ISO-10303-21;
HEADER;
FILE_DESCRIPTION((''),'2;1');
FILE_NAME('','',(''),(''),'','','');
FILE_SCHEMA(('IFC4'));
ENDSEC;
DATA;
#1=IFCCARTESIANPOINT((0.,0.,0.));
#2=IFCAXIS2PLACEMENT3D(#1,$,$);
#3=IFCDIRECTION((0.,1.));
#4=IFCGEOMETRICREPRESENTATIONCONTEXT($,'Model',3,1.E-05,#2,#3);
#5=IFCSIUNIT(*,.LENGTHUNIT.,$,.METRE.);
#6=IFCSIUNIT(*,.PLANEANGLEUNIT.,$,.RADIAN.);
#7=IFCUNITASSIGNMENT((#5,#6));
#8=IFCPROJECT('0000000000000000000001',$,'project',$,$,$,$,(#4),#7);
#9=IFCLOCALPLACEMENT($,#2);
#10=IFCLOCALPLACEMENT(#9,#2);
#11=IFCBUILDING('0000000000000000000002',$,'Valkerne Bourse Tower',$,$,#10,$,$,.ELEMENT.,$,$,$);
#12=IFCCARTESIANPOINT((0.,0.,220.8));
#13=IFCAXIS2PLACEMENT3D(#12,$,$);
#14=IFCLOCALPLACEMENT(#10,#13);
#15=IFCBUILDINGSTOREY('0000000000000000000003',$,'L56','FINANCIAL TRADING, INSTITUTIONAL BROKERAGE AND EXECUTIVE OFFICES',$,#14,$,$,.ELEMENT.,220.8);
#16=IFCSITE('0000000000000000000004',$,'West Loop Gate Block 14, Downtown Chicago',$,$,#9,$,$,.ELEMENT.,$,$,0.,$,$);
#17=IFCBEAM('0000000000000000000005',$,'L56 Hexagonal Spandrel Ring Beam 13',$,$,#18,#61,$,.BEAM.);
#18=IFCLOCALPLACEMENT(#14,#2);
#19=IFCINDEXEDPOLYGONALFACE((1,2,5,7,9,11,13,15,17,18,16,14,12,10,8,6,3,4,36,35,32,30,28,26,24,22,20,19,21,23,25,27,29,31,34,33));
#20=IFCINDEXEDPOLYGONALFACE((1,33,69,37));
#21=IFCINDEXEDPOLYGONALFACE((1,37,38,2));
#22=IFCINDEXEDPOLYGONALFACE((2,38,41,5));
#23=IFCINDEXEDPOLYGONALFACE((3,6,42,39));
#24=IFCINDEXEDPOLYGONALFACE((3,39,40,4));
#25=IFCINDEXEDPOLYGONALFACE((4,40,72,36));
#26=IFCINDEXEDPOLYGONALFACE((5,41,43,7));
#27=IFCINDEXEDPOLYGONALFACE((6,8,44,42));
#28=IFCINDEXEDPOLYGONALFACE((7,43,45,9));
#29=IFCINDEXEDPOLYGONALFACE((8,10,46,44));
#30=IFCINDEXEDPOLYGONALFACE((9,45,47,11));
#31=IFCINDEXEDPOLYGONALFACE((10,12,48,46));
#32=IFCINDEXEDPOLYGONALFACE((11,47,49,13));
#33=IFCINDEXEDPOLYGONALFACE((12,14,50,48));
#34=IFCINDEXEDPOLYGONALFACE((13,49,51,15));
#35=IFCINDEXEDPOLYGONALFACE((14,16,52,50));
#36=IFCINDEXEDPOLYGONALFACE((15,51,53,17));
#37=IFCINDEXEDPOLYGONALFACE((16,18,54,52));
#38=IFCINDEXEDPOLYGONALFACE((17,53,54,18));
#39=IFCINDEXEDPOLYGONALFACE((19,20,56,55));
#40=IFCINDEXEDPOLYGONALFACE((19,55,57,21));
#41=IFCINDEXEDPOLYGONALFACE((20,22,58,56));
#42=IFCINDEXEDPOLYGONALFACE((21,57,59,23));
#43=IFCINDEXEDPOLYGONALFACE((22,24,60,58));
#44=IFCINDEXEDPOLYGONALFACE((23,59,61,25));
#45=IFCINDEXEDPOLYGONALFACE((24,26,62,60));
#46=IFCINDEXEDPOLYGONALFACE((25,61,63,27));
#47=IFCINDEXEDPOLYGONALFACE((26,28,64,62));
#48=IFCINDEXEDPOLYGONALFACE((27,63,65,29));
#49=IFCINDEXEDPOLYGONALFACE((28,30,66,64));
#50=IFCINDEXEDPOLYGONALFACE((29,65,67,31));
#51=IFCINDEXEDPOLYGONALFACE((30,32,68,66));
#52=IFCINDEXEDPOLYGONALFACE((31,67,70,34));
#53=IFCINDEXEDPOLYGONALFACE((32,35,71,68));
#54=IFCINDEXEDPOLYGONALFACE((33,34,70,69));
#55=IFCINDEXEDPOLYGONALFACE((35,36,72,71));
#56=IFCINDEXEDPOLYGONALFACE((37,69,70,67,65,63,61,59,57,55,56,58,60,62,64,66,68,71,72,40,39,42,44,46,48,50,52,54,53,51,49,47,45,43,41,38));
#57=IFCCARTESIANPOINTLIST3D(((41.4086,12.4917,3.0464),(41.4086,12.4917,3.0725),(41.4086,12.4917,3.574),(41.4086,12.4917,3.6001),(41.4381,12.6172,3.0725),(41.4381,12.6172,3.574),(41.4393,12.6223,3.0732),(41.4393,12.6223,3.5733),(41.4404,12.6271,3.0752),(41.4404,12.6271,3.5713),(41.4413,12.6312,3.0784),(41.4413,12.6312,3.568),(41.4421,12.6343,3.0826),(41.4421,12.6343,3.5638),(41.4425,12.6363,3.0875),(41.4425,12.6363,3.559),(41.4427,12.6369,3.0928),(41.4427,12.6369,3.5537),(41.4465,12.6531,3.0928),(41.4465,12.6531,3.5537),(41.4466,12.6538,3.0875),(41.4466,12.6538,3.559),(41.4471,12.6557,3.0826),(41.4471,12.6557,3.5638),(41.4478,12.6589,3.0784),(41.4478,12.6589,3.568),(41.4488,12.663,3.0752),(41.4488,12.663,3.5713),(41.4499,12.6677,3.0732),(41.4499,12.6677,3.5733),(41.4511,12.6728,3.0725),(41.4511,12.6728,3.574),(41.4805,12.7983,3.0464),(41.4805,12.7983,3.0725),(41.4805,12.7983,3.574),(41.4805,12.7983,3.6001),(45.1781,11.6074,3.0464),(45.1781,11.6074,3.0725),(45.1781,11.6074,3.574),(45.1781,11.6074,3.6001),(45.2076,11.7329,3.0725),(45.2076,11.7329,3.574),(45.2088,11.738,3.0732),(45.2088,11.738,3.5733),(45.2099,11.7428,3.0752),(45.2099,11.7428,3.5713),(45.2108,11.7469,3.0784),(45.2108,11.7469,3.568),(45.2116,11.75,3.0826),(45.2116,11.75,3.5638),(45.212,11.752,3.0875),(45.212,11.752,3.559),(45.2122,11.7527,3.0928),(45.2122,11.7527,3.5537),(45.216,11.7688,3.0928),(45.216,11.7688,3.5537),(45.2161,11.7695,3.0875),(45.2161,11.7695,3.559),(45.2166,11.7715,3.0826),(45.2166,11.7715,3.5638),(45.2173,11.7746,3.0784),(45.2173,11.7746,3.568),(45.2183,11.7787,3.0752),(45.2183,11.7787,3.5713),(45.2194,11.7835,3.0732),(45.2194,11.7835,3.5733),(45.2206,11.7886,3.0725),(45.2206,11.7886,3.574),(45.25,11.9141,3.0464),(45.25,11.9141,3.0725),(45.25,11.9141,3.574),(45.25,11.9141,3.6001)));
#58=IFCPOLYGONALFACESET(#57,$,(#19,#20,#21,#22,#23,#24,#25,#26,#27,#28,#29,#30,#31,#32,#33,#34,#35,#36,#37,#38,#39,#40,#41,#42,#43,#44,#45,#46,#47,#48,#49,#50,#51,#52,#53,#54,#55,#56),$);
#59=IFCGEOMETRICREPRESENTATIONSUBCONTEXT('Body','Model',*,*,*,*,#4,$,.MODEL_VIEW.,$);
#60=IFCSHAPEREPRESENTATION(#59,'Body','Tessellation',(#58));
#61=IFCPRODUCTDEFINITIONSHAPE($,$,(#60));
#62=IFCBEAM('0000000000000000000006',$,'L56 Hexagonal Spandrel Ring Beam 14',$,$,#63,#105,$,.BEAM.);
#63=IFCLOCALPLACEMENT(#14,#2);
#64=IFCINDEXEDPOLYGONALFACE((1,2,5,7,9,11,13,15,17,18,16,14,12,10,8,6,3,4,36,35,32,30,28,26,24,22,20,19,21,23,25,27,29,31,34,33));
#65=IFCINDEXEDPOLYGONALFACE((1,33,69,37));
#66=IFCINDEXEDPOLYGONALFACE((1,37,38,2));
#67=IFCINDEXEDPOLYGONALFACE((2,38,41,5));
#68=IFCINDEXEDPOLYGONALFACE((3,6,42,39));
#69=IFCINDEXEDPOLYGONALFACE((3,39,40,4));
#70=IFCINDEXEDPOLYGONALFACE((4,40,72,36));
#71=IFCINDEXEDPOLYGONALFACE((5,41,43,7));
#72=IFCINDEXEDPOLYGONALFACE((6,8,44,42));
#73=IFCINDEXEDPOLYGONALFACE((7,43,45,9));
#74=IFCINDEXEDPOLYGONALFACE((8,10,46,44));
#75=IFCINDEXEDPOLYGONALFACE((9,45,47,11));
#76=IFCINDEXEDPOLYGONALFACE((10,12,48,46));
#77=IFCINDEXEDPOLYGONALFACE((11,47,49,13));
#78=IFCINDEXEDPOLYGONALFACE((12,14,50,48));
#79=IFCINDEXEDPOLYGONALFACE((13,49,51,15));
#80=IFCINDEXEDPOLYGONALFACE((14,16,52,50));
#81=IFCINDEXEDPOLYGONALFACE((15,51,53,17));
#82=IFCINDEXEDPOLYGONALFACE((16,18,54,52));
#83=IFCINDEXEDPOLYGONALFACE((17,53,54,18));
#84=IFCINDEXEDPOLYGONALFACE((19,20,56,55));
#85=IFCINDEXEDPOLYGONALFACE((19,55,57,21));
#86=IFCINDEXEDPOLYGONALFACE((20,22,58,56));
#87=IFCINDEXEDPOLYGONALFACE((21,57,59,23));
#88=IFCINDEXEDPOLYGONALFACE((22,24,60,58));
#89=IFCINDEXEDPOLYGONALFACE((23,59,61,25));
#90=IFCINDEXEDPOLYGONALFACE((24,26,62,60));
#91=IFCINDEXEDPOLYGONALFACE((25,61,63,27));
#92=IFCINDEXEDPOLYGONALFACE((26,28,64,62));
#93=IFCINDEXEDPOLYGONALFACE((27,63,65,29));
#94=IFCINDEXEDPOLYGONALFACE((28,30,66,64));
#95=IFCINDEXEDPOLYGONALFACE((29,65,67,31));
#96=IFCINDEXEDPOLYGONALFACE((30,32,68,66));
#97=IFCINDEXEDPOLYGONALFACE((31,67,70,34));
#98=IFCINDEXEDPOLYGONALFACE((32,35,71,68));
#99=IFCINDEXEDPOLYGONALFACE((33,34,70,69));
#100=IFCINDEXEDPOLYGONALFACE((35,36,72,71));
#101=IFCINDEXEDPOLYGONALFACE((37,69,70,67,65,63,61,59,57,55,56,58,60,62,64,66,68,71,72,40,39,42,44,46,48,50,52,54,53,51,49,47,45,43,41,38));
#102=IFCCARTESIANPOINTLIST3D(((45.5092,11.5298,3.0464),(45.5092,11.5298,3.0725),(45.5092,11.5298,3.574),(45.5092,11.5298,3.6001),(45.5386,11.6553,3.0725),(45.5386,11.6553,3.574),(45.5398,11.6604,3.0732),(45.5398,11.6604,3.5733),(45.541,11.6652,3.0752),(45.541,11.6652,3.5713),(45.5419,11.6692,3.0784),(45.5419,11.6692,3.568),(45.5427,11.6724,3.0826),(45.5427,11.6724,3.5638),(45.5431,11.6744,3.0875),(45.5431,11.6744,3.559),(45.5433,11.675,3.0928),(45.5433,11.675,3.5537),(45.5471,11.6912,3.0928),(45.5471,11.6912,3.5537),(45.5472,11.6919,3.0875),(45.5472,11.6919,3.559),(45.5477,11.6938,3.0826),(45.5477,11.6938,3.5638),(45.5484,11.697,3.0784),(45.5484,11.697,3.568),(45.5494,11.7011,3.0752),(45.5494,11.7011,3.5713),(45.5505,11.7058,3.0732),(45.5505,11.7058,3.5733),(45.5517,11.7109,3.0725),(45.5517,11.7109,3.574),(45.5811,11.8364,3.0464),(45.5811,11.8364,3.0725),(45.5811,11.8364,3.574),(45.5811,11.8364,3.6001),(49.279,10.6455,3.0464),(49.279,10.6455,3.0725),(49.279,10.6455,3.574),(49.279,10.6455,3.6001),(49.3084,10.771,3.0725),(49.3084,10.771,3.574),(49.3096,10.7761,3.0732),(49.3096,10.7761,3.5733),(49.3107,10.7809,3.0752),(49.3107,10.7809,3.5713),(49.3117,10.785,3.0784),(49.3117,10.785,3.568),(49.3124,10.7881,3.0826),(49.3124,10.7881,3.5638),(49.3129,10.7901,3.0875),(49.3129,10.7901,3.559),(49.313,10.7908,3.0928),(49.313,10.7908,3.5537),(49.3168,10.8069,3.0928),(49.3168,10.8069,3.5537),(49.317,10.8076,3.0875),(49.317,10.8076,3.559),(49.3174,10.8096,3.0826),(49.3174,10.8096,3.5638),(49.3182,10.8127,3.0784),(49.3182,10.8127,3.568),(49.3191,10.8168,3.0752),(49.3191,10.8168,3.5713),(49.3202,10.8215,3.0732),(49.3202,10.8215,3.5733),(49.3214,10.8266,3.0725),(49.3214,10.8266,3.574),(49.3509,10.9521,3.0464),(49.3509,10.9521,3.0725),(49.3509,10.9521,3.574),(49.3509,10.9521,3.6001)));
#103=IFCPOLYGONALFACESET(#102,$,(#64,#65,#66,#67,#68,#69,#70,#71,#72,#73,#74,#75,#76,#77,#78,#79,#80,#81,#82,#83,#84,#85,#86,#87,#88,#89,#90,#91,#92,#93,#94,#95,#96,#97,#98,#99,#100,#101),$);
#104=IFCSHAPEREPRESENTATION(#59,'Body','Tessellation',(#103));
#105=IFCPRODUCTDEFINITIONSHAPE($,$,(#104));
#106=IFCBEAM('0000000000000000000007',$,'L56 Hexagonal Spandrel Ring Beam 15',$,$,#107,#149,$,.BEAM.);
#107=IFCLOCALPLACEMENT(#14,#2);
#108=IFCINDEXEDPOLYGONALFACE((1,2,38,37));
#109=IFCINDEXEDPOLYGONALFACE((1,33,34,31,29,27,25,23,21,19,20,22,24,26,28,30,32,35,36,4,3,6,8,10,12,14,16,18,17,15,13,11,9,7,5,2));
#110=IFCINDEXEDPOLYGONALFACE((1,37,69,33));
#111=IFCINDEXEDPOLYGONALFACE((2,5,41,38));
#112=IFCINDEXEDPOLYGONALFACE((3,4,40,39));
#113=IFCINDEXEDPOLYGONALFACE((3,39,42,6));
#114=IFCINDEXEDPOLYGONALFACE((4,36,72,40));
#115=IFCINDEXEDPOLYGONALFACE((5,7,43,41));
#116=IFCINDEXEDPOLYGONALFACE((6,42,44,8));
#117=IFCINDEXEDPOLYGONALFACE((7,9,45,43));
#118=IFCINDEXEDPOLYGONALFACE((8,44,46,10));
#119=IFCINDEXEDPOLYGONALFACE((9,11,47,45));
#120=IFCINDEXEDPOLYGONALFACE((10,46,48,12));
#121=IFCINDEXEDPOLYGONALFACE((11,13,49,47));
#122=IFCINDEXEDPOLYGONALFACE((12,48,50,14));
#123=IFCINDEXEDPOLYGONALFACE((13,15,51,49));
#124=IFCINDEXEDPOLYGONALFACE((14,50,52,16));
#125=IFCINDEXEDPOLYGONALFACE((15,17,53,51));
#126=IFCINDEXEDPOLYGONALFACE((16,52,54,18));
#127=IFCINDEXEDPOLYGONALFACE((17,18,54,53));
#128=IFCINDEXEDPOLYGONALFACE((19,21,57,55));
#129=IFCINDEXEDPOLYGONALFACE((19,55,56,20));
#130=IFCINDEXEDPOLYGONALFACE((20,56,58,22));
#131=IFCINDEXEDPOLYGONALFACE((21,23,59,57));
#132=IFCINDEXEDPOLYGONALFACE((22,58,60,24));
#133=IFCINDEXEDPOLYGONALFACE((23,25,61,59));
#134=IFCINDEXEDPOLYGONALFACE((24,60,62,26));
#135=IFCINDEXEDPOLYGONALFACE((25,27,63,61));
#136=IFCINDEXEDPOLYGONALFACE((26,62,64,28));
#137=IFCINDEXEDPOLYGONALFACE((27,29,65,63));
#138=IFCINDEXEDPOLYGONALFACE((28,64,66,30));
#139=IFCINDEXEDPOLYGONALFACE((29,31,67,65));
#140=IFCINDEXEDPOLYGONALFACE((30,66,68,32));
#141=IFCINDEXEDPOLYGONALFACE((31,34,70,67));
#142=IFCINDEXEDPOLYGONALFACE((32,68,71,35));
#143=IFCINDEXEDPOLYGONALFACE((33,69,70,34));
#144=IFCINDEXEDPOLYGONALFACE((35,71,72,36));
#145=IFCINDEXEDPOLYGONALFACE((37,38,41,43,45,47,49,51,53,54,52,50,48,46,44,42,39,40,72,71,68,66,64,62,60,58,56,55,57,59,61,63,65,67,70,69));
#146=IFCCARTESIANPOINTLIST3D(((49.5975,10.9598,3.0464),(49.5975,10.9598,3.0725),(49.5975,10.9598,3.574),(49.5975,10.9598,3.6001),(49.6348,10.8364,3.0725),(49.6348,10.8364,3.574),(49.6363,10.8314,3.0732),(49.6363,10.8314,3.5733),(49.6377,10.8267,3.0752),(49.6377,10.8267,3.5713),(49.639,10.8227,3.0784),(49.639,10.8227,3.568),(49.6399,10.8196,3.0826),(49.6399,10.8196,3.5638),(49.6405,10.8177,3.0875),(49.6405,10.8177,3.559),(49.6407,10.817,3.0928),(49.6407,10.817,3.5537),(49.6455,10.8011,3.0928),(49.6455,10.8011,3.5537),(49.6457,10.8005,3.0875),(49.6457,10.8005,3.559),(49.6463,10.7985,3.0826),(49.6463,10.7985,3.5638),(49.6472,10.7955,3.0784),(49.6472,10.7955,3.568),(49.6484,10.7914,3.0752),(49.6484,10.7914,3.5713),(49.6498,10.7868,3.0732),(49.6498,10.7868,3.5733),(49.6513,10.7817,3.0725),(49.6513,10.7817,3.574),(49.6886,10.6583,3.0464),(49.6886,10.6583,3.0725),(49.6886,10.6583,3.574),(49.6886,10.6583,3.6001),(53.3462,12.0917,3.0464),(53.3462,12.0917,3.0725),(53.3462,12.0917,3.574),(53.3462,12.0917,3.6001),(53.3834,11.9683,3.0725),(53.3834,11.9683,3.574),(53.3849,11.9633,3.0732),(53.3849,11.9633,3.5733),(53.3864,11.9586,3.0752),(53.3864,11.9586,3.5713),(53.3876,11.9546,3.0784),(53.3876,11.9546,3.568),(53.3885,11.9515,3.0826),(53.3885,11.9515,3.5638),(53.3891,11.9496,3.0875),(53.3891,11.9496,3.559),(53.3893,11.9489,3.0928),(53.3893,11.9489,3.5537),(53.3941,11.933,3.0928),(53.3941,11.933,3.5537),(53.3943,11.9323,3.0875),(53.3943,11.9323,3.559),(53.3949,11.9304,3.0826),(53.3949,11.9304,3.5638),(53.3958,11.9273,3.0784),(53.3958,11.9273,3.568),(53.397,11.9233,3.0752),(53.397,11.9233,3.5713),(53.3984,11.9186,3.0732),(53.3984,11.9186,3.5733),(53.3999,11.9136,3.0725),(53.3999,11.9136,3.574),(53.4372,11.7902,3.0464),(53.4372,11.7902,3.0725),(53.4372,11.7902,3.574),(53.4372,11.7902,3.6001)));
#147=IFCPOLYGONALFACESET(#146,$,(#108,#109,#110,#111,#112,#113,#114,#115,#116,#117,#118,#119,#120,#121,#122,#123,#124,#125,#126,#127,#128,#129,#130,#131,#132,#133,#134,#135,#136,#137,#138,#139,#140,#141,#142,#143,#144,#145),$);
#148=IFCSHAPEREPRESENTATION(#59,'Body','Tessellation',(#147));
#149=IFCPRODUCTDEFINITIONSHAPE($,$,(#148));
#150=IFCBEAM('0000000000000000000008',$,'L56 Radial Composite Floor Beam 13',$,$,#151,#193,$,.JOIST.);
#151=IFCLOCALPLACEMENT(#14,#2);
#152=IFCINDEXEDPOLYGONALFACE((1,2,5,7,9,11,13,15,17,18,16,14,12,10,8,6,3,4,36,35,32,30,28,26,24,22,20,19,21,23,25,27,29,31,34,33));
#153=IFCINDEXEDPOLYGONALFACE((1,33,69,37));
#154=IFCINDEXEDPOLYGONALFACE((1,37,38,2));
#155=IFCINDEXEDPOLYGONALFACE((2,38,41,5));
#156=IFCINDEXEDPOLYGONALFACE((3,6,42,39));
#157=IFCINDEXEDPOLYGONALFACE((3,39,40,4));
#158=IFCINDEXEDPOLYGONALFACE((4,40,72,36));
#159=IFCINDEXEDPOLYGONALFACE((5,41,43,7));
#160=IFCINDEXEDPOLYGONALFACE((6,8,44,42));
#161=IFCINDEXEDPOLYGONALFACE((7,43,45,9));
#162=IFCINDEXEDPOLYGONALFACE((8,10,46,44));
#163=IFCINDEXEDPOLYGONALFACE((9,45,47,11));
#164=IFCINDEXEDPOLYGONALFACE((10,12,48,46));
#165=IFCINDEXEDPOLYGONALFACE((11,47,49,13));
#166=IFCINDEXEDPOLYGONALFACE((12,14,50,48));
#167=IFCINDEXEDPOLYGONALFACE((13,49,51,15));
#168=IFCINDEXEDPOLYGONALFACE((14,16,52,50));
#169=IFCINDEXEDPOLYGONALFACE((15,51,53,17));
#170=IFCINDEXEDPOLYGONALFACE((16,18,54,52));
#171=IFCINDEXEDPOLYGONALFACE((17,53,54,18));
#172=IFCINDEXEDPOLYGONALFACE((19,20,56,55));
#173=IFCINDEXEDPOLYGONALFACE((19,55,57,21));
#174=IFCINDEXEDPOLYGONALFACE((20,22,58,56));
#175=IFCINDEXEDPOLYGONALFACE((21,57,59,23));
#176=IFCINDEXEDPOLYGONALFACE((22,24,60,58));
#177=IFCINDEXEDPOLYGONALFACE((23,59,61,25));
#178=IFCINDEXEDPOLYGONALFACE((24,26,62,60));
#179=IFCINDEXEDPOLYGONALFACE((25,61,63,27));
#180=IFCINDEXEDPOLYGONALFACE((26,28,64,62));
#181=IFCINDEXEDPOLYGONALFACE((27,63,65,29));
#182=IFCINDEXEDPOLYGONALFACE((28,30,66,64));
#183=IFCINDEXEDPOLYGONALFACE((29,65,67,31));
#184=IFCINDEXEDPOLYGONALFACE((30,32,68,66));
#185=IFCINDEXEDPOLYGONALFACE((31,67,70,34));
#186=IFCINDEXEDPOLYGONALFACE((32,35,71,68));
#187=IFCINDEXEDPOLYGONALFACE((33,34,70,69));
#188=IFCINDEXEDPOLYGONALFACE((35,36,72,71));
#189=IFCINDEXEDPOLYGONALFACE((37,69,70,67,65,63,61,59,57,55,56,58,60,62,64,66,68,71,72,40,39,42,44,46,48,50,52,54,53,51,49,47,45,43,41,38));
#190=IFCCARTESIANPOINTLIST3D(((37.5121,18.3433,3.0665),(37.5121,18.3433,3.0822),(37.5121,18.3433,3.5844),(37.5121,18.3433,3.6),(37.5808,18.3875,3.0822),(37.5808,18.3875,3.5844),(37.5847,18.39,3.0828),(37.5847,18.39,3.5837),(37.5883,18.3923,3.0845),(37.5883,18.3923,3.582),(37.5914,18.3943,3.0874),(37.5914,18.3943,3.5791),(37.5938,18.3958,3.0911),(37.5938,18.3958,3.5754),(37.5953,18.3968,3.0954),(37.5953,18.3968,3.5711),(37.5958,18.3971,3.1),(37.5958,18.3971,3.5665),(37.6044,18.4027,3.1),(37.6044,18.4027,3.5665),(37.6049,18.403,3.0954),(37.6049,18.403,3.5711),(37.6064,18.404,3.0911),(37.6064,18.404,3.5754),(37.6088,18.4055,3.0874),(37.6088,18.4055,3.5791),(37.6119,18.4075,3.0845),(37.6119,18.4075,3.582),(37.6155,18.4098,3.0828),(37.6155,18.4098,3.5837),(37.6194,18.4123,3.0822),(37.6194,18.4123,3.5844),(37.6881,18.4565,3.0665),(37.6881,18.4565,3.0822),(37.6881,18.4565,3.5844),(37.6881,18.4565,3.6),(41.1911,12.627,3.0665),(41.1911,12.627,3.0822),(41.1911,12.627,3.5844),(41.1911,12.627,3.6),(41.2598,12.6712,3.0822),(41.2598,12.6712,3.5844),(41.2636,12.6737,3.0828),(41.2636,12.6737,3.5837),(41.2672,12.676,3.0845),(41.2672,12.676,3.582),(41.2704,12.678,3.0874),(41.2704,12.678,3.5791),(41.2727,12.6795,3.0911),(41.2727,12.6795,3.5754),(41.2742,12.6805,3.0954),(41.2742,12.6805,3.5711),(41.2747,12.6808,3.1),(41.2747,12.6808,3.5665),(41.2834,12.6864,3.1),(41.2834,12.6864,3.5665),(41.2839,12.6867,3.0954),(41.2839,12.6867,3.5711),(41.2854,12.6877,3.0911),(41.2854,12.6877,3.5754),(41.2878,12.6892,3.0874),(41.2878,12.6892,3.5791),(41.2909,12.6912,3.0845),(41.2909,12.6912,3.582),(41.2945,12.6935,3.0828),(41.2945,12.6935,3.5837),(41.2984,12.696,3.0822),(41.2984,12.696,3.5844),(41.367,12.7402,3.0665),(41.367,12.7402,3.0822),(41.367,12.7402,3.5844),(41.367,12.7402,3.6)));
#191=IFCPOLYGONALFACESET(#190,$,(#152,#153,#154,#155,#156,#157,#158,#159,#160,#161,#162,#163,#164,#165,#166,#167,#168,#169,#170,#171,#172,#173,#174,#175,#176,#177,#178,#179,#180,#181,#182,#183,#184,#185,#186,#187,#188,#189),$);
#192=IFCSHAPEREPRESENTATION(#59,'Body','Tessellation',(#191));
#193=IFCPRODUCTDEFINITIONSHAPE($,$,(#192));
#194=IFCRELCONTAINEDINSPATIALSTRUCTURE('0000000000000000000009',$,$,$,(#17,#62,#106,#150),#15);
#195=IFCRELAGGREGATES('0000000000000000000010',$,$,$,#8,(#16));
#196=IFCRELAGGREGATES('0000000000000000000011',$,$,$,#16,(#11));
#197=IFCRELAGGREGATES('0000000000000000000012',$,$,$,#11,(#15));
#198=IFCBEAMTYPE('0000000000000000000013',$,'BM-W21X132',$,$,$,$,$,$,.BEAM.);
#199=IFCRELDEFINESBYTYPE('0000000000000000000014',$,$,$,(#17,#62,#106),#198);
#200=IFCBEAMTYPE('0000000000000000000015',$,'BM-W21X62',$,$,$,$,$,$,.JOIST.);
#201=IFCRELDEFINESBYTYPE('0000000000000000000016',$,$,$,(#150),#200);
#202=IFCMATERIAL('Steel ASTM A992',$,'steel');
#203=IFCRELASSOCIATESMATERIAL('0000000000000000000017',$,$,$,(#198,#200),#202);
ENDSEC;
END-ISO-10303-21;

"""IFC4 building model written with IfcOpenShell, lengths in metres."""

from ifc_helpers import new_model, si_unit, direction, frame, origin, origin_2d, place, context, subcontext, project, spatial, i_section, extrude, material, material_profile, profile_set, type_object, element, save


model = new_model("IFC4")

# Units and contexts
model_context = context("Model", 3, precision=1e-05, world=origin(), true_north=direction((0.0, 1.0)))
body_context = subcontext(model_context, "Body", "Model", "MODEL_VIEW")
ifc_project = project(units=[si_unit("LENGTHUNIT", "METRE"), si_unit("PLANEANGLEUNIT", "RADIAN")], contexts=[model_context])

# Site, building, storey
site_placement = place(None, origin())
site = spatial("IfcSite", under=ifc_project, at=site_placement, Name="West Loop Gate Block 14, Downtown Chicago", CompositionType="ELEMENT", RefElevation=0.0)
building_placement = place(site_placement, origin())
building = spatial("IfcBuilding", under=site, at=building_placement, Name="Valkerne Bourse Tower", CompositionType="ELEMENT")
storey_placement = place(building_placement, frame((0.0, 0.0, 220.8)))
storey = spatial("IfcBuildingStorey", under=building, at=storey_placement, Name="L56", Description="FINANCIAL TRADING, INSTITUTIONAL BROKERAGE AND EXECUTIVE OFFICES", CompositionType="ELEMENT", Elevation=220.8)

# Beams
ifc_material_1 = material(Name="Steel ASTM A992", Category="steel")
ifc_material_profile_1 = material_profile(ifc_material_1, i_section(OverallWidth=0.3149, OverallDepth=0.5537, WebThickness=0.0166, FlangeThickness=0.0261, FilletRadius=0.0203, at=origin_2d()), Name="W21X132")
ifc_profile_set_1 = profile_set([ifc_material_profile_1], Name="Steel ASTM A992")
beam_type_1 = type_object("IfcBeamType", Name="BM-W21X132", PredefinedType="BEAM", material=ifc_profile_set_1)
beam_1_placement = place(storey_placement, frame((41.4446, 12.645, 3.3232), z_axis=(0.973571, -0.228386, 0.0), x_axis=(0.228386, 0.973571, 0.0)))
element("IfcBeam", 1, at=beam_1_placement, inside=storey, type_object=beam_type_1, Name="L56 Hexagonal Spandrel Ring Beam 13", PredefinedType="BEAM", context=body_context, shape_type="SweptSolid", body=[
    extrude(i_section(OverallWidth=0.3149, OverallDepth=0.5537, WebThickness=0.0166, FlangeThickness=0.0261, FilletRadius=0.0203, at=origin_2d()), origin(), (0.0, 0.0, 1.0), 3.8718),
])
beam_2_placement = place(storey_placement, frame((45.5452, 11.6831, 3.3232), z_axis=(0.973574, -0.228372, 0.0), x_axis=(0.228372, 0.973574, 0.0)))
element("IfcBeam", 2, at=beam_2_placement, inside=storey, type_object=beam_type_1, Name="L56 Hexagonal Spandrel Ring Beam 14", PredefinedType="BEAM", context=body_context, shape_type="SweptSolid", body=[
    extrude(i_section(OverallWidth=0.3149, OverallDepth=0.5537, WebThickness=0.0166, FlangeThickness=0.0261, FilletRadius=0.0203, at=origin_2d()), origin(), (0.0, 0.0, 1.0), 3.8721),
])
beam_3_placement = place(storey_placement, frame((49.6431, 10.8091, 3.3232), z_axis=(0.957313, 0.289052, 0.0), x_axis=(-0.289052, 0.957313, 0.0)))
element("IfcBeam", 3, at=beam_3_placement, inside=storey, type_object=beam_type_1, Name="L56 Hexagonal Spandrel Ring Beam 15", PredefinedType="BEAM", context=body_context, shape_type="SweptSolid", body=[
    extrude(i_section(OverallWidth=0.3149, OverallDepth=0.5537, WebThickness=0.0166, FlangeThickness=0.0261, FilletRadius=0.0203, at=origin_2d()), origin(), (0.0, 0.0, 1.0), 3.9158),
])
ifc_material_profile_2 = material_profile(ifc_material_1, i_section(OverallWidth=0.2092, OverallDepth=0.5334, WebThickness=0.0103, FlangeThickness=0.0156, FilletRadius=0.0178, at=origin_2d()), Name="W21X62")
ifc_profile_set_2 = profile_set([ifc_material_profile_2], Name="Steel ASTM A992")
beam_type_2 = type_object("IfcBeamType", Name="BM-W21X62", PredefinedType="JOIST", material=ifc_profile_set_2)
beam_4_placement = place(storey_placement, frame((41.2791, 12.6836, 3.3333), z_axis=(-0.541193, 0.840898, 0.0), x_axis=(-0.840898, -0.541193, 0.0)))
element("IfcBeam", 4, at=beam_4_placement, inside=storey, type_object=beam_type_2, Name="L56 Radial Composite Floor Beam 13", PredefinedType="JOIST", context=body_context, shape_type="SweptSolid", body=[
    extrude(i_section(OverallWidth=0.2092, OverallDepth=0.5334, WebThickness=0.0103, FlangeThickness=0.0156, FilletRadius=0.0178, at=origin_2d()), origin(), (0.0, 0.0, 1.0), 6.7979),
])

save(model, "model.ifc")
